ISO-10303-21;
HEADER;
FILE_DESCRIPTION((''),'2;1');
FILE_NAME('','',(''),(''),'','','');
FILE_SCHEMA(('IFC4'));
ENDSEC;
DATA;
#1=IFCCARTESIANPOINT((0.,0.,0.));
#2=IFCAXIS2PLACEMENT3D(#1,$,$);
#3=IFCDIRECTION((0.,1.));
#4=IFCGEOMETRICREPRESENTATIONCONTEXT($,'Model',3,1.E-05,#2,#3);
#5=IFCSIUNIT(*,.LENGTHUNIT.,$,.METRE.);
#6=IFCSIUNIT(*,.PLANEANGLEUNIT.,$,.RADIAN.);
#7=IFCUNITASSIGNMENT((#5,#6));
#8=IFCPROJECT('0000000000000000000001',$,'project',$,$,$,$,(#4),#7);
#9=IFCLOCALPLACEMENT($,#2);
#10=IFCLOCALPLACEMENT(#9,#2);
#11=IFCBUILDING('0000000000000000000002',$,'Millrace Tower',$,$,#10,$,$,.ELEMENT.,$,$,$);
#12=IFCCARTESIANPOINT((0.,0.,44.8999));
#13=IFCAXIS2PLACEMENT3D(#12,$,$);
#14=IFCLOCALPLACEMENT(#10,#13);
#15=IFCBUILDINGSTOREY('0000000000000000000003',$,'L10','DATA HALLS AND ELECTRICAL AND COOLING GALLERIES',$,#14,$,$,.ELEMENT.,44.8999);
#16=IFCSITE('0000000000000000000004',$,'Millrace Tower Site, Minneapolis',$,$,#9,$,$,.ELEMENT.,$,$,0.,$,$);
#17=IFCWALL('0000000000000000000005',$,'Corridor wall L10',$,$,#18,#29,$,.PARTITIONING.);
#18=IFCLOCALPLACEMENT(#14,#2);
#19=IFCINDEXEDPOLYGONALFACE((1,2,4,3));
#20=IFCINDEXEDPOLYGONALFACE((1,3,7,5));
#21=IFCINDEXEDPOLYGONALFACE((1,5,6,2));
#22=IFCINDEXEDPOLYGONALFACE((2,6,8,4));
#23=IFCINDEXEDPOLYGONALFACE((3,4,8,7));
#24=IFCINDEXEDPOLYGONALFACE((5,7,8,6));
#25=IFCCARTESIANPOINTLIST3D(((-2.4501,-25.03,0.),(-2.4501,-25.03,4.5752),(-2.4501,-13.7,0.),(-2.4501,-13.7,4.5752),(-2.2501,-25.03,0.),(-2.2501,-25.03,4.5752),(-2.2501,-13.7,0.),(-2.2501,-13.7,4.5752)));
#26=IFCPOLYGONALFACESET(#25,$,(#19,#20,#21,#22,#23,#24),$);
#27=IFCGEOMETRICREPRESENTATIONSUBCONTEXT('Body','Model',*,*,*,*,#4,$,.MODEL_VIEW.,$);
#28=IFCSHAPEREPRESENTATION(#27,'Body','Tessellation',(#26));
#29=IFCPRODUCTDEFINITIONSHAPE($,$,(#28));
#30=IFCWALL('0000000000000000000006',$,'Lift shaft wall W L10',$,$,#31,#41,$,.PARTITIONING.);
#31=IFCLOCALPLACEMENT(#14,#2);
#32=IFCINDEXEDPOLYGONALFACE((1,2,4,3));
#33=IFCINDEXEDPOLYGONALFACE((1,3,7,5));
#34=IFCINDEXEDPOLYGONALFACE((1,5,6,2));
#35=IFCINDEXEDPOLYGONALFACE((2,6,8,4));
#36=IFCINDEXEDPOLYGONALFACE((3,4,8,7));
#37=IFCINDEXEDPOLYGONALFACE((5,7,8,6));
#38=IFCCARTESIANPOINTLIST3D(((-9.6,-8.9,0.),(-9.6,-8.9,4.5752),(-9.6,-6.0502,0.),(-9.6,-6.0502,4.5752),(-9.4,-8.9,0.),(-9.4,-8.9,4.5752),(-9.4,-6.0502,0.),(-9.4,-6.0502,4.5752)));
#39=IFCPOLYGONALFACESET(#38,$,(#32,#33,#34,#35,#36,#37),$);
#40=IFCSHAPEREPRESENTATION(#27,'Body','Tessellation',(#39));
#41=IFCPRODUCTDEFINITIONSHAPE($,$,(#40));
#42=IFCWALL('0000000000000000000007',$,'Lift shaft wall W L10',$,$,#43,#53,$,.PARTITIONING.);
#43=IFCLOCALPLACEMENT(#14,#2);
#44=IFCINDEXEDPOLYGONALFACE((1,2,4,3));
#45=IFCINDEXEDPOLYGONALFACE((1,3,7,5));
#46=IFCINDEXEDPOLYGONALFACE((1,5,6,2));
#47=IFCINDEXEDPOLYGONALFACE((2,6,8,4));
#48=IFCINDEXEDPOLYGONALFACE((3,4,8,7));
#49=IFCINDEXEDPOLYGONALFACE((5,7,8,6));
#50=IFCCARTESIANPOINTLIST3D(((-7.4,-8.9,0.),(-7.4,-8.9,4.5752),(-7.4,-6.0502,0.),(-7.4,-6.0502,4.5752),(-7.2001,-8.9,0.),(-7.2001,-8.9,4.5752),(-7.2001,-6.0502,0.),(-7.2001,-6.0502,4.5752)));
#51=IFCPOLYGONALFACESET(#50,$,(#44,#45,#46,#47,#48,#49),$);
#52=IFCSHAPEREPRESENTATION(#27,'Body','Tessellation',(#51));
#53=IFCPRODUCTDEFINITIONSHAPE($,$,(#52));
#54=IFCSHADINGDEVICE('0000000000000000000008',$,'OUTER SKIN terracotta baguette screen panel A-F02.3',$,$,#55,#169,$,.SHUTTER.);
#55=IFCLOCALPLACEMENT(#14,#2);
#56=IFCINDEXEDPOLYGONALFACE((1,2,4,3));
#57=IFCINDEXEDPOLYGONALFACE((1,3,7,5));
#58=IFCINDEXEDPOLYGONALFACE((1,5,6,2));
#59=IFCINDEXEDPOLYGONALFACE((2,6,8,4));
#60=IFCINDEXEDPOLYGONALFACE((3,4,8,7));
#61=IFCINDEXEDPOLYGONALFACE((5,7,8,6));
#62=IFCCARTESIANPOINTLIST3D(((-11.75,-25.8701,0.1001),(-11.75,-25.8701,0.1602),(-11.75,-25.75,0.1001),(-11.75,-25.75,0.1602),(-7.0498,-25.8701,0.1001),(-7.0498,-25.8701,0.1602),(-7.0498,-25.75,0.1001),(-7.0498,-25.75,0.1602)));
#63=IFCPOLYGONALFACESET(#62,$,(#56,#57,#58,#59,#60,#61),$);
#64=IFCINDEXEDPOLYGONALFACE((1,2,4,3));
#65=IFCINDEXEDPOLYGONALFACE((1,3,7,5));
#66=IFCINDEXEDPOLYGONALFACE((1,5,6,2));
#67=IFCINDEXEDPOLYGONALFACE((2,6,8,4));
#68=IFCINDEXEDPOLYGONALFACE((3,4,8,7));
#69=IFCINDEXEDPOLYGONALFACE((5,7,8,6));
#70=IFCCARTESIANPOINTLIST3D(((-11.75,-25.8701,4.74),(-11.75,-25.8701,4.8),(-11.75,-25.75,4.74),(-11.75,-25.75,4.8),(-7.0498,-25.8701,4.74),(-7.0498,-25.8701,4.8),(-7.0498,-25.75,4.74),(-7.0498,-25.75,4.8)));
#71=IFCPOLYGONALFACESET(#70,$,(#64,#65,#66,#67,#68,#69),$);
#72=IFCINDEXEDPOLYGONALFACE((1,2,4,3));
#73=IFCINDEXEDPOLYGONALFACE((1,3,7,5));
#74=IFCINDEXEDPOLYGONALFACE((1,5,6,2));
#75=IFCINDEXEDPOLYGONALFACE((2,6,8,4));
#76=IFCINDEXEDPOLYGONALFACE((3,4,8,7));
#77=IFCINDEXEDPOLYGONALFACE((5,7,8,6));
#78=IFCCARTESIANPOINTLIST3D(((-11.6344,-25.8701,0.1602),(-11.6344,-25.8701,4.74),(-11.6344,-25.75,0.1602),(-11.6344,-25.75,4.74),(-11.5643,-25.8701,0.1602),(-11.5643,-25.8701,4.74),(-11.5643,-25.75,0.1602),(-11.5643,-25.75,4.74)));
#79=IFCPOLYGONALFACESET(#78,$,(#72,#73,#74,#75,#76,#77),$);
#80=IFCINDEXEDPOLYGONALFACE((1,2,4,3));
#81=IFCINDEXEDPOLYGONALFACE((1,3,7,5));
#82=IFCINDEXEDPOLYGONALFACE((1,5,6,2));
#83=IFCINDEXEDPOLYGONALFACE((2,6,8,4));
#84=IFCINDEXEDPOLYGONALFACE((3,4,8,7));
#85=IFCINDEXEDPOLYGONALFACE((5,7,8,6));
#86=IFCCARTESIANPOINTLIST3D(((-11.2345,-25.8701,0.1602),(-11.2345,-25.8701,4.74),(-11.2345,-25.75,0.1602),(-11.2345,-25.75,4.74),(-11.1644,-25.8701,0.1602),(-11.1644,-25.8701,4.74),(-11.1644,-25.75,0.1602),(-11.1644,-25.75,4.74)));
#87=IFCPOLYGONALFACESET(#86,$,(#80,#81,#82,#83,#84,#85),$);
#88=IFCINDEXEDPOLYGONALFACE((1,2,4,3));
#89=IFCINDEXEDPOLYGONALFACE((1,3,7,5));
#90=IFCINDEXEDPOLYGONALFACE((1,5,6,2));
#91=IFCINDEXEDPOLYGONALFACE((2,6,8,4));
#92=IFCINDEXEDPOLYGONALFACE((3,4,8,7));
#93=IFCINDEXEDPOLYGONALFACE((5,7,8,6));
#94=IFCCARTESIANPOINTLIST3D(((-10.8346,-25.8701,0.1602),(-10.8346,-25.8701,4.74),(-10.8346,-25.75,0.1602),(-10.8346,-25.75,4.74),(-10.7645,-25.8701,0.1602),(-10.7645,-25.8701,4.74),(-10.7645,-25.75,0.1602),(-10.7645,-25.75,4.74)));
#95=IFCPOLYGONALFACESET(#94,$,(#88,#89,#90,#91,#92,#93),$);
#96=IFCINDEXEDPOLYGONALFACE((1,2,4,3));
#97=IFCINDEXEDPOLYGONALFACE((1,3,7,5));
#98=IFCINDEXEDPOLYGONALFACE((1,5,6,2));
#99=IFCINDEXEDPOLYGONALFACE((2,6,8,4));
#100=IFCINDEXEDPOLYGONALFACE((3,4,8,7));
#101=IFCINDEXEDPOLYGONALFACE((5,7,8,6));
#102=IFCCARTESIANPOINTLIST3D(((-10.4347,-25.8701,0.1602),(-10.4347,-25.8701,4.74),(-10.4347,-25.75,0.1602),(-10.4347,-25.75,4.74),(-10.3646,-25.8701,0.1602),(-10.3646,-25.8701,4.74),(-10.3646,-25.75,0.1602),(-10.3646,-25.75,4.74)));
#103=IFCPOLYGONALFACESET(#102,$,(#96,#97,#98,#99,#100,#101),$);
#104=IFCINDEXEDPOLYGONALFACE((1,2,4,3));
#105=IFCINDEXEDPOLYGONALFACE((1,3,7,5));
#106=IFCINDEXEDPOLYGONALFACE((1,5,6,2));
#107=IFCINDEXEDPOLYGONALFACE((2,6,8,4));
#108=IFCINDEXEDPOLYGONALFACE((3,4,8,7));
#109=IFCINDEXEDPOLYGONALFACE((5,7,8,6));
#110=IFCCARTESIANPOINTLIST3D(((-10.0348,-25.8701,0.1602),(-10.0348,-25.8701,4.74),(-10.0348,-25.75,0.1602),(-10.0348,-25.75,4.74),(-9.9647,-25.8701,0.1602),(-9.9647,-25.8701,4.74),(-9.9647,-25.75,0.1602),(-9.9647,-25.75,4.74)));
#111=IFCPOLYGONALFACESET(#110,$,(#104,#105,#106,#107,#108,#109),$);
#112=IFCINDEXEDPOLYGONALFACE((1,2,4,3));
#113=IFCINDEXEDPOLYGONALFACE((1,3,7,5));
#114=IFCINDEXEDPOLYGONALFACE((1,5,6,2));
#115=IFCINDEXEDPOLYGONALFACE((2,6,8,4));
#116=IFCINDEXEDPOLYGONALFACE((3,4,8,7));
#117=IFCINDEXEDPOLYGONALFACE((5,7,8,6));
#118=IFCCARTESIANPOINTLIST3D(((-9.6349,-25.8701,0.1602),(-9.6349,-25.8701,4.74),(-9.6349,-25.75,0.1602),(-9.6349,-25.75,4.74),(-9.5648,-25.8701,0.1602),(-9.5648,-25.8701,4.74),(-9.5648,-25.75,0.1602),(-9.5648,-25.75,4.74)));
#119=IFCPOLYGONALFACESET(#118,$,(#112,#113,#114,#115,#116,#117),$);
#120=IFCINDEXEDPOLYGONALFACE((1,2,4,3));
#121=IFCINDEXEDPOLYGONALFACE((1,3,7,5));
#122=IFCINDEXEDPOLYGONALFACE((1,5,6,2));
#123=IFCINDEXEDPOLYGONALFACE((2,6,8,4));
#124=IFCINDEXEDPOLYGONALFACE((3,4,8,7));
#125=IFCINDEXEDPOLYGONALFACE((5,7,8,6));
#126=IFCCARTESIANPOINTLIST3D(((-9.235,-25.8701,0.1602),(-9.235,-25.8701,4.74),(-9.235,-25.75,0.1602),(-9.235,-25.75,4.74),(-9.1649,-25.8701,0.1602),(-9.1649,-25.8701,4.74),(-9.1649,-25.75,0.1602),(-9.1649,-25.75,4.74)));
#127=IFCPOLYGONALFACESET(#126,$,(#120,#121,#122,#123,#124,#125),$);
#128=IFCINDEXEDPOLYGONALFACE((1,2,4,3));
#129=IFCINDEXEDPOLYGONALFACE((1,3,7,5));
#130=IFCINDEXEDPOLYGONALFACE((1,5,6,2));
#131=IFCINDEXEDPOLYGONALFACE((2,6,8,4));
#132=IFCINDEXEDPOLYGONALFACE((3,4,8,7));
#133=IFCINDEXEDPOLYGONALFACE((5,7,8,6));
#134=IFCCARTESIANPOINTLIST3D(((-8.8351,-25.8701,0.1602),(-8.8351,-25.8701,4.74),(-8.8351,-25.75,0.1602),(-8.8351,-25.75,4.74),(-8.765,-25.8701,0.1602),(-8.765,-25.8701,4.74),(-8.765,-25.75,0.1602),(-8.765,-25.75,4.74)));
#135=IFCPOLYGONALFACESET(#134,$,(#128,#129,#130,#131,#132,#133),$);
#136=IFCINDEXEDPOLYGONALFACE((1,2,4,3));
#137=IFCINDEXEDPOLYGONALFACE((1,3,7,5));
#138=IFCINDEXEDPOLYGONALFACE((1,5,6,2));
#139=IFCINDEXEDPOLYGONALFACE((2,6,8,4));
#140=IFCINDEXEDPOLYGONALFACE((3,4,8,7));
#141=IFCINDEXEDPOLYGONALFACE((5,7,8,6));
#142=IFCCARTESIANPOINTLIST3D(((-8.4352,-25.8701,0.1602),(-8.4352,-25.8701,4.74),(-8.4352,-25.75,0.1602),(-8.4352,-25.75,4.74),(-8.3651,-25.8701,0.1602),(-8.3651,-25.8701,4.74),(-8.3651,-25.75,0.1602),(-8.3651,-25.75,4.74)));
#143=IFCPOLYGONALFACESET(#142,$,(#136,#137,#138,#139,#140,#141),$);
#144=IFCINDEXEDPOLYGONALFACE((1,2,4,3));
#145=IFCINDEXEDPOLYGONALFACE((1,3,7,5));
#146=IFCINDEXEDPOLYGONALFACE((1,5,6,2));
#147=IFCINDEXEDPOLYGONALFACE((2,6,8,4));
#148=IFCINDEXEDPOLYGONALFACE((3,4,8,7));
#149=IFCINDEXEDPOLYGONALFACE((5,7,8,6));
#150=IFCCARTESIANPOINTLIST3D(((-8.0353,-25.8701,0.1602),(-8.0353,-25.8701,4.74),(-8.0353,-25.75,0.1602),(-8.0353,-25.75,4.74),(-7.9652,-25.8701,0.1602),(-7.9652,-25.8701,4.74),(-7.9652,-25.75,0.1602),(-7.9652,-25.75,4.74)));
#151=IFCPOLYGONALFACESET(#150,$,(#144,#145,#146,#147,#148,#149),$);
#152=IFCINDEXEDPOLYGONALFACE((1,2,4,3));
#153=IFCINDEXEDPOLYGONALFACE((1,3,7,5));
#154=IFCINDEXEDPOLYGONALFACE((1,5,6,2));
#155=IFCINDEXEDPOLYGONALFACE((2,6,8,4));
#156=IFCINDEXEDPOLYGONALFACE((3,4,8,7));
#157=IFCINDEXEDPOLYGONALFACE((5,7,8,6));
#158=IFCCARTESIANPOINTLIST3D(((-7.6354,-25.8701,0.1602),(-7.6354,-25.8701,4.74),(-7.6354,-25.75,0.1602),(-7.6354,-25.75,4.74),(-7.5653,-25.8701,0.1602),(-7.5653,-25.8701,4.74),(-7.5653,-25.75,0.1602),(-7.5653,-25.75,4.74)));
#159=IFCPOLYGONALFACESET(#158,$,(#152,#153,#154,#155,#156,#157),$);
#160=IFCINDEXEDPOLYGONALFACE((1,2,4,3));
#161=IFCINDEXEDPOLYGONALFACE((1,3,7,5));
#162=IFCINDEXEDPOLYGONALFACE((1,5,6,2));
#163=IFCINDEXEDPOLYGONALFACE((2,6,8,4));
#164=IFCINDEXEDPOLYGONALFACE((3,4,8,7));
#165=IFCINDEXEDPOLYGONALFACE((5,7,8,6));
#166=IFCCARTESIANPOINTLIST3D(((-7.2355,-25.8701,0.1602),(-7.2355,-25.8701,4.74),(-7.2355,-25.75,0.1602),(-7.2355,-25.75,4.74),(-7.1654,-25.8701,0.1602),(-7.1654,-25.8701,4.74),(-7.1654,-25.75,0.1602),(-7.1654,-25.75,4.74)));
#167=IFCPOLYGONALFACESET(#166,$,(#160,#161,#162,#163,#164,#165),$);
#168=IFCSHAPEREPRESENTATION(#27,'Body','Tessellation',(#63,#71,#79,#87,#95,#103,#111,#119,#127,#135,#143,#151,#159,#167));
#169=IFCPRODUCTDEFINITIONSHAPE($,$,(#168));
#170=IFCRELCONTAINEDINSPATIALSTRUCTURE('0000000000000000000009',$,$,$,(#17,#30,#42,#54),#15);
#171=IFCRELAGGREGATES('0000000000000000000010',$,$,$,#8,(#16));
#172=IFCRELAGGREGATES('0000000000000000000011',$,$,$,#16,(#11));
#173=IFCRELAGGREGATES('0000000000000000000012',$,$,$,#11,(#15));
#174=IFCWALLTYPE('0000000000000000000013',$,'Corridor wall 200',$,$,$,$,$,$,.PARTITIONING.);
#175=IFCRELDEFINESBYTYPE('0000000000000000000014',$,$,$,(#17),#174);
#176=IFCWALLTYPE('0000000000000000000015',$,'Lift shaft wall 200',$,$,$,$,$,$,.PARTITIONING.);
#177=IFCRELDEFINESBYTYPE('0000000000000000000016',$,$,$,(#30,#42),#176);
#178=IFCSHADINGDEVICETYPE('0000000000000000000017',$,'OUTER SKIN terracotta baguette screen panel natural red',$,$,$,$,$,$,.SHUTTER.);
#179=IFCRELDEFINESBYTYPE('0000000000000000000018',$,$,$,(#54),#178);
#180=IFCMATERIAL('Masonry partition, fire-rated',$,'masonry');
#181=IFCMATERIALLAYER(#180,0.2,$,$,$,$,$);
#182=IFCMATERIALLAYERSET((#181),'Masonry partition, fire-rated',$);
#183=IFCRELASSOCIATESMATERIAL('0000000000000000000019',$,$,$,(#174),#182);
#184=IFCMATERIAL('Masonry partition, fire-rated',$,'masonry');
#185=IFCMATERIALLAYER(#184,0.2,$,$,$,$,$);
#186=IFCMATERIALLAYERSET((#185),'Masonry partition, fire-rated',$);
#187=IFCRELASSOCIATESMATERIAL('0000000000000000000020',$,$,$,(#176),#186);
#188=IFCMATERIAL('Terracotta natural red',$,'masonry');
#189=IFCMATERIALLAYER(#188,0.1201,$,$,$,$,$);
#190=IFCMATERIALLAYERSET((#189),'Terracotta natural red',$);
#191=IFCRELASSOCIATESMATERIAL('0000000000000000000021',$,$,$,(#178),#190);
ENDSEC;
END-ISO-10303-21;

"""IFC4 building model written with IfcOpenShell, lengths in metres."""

from ifc_helpers import new_model, entity, si_unit, direction, frame, frame_2d, origin, place, context, subcontext, project, spatial, rectangle, extrude, source, transform, mapped, material, layer, layer_set, type_object, element, save


model = new_model("IFC4")

# Units and contexts
model_context = context("Model", 3, precision=1e-05, world=origin(), true_north=direction((0.0, 1.0)))
body_context = subcontext(model_context, "Body", "Model", "MODEL_VIEW")
ifc_project = project(units=[si_unit("LENGTHUNIT", "METRE"), si_unit("PLANEANGLEUNIT", "RADIAN")], contexts=[model_context])

# Site, building, storey
site_placement = place(None, origin())
site = spatial("IfcSite", under=ifc_project, at=site_placement, Name="Millrace Tower Site, Minneapolis", CompositionType="ELEMENT", RefElevation=0.0)
building_placement = place(site_placement, origin())
building = spatial("IfcBuilding", under=site, at=building_placement, Name="Millrace Tower", CompositionType="ELEMENT")
storey_placement = place(building_placement, frame((0.0, 0.0, 44.8999)))
storey = spatial("IfcBuildingStorey", under=building, at=storey_placement, Name="L10", Description="DATA HALLS AND ELECTRICAL AND COOLING GALLERIES", CompositionType="ELEMENT", Elevation=44.8999)

# Walls
ifc_material_1 = material(Name="Masonry partition, fire-rated", Category="masonry")
ifc_layer_1 = layer(ifc_material_1, 0.2)
ifc_layer_set_1 = layer_set([ifc_layer_1], Name="Masonry partition, fire-rated")
wall_type_1 = type_object("IfcWallType", Name="Corridor wall 200", PredefinedType="PARTITIONING", material=ifc_layer_set_1)
wall_1_placement = place(storey_placement, frame((-2.3501, -25.03, 0.0), z_axis=(0.0, 0.0, 1.0), x_axis=(0.0, 1.0, 0.0)))
element("IfcWall", 1, at=wall_1_placement, inside=storey, type_object=wall_type_1, Name="Corridor wall L10", PredefinedType="PARTITIONING", context=body_context, shape_type="SweptSolid", body=[
    extrude(rectangle(XDim=11.3301, YDim=0.2, at=frame_2d((5.665, 0.0))), origin(), (0.0, 0.0, 1.0), 4.5752),
])
ifc_material_2 = material(Name="Masonry partition, fire-rated", Category="masonry")
ifc_layer_2 = layer(ifc_material_2, 0.2)
ifc_layer_set_2 = layer_set([ifc_layer_2], Name="Masonry partition, fire-rated")
wall_type_2 = type_object("IfcWallType", Name="Lift shaft wall 200", PredefinedType="PARTITIONING", material=ifc_layer_set_2)
for number, where, z_axis, x_axis, name in (
    (2, (-9.5, -8.8999, 0.0), (0.0, 0.0, 1.0), (0.0, 1.0, 0.0), "Lift shaft wall W L10"),
    (3, (-7.3, -8.8999, 0.0), (0.0, 0.0, 1.0), (0.0, 1.0, 0.0), "Lift shaft wall W L10"),
):
    element("IfcWall", number, at=place(storey_placement, frame(where, z_axis=z_axis, x_axis=x_axis)), inside=storey, type_object=wall_type_2, Name=name, PredefinedType="PARTITIONING", context=body_context, shape_type="SweptSolid", body=[
        extrude(rectangle(XDim=2.8499, YDim=0.2, at=frame_2d((1.4248, 0.0))), origin(), (0.0, 0.0, 1.0), 4.5752),
    ])

# Shading device
cartesian_point = entity("IfcCartesianPoint", [-2.3501, 0.0601])
shared_polyline = entity("IfcPolyline", [cartesian_point, entity("IfcCartesianPoint", [2.3501, 0.0601]), entity("IfcCartesianPoint", [2.3501, -0.0601]), entity("IfcCartesianPoint", [-2.3501, -0.0601]), cartesian_point])
ifc_material_3 = material(Name="Terracotta natural red", Category="masonry")
ifc_layer_3 = layer(ifc_material_3, 0.1201)
ifc_layer_set_3 = layer_set([ifc_layer_3], Name="Terracotta natural red")
shading_device_type_1 = type_object("IfcShadingDeviceType", Name="OUTER SKIN terracotta baguette screen panel natural red", PredefinedType="SHUTTER", material=ifc_layer_set_3)
shared_shape_1 = source(origin(), body_context, "Body", "SweptSolid", [
    entity("IfcExtrudedAreaSolid", entity("IfcArbitraryClosedProfileDef", "AREA", None, shared_polyline), entity("IfcAxis2Placement3D", entity("IfcCartesianPoint", [0.0, 0.0, 0.0])), entity("IfcDirection", [0.0, 0.0, 1.0]), 0.0601),
    entity("IfcExtrudedAreaSolid", entity("IfcArbitraryClosedProfileDef", "AREA", None, shared_polyline), entity("IfcAxis2Placement3D", entity("IfcCartesianPoint", [0.0, 0.0, 4.6399])), entity("IfcDirection", [0.0, 0.0, 1.0]), 0.0601),
    extrude(rectangle(XDim=0.0701, YDim=0.1201, at=frame_2d((-2.1995, 0.0))), frame((0.0, 0.0, 0.0601)), (0.0, 0.0, 1.0), 4.5798),
    extrude(rectangle(XDim=0.0701, YDim=0.1201, at=frame_2d((-1.7996, 0.0))), frame((0.0, 0.0, 0.0601)), (0.0, 0.0, 1.0), 4.5798),
    extrude(rectangle(XDim=0.0701, YDim=0.1201, at=frame_2d((-1.3997, 0.0))), frame((0.0, 0.0, 0.0601)), (0.0, 0.0, 1.0), 4.5798),
    extrude(rectangle(XDim=0.0701, YDim=0.1201, at=frame_2d((-0.9998, 0.0))), frame((0.0, 0.0, 0.0601)), (0.0, 0.0, 1.0), 4.5798),
    extrude(rectangle(XDim=0.0701, YDim=0.1201, at=frame_2d((-0.5999, 0.0))), frame((0.0, 0.0, 0.0601)), (0.0, 0.0, 1.0), 4.5798),
    extrude(rectangle(XDim=0.0701, YDim=0.1201, at=frame_2d((-0.2, 0.0))), frame((0.0, 0.0, 0.0601)), (0.0, 0.0, 1.0), 4.5798),
    extrude(rectangle(XDim=0.0701, YDim=0.1201, at=frame_2d((0.2, 0.0))), frame((0.0, 0.0, 0.0601)), (0.0, 0.0, 1.0), 4.5798),
    extrude(rectangle(XDim=0.0701, YDim=0.1201, at=frame_2d((0.5999, 0.0))), frame((0.0, 0.0, 0.0601)), (0.0, 0.0, 1.0), 4.5798),
    extrude(rectangle(XDim=0.0701, YDim=0.1201, at=frame_2d((0.9998, 0.0))), frame((0.0, 0.0, 0.0601)), (0.0, 0.0, 1.0), 4.5798),
    extrude(rectangle(XDim=0.0701, YDim=0.1201, at=frame_2d((1.3997, 0.0))), frame((0.0, 0.0, 0.0601)), (0.0, 0.0, 1.0), 4.5798),
    extrude(rectangle(XDim=0.0701, YDim=0.1201, at=frame_2d((1.7996, 0.0))), frame((0.0, 0.0, 0.0601)), (0.0, 0.0, 1.0), 4.5798),
    extrude(rectangle(XDim=0.0701, YDim=0.1201, at=frame_2d((2.1995, 0.0))), frame((0.0, 0.0, 0.0601)), (0.0, 0.0, 1.0), 4.5798),
])
for number, where, z_axis, x_axis, name in (
    (4, (-9.3999, -25.8101, 0.1001), (0.0, 0.0, 1.0), (1.0, 0.0, 0.0), "OUTER SKIN terracotta baguette screen panel A-F02.3"),
):
    element("IfcShadingDevice", number, at=place(storey_placement, frame(where, z_axis=z_axis, x_axis=x_axis)), inside=storey, type_object=shading_device_type_1, Name=name, PredefinedType="SHUTTER", context=body_context, shape_type="MappedRepresentation", body=[
        mapped(shared_shape_1, transform((0.0, 0.0, 0.0), scale=1.0)),
    ])

save(model, "model.ifc")
